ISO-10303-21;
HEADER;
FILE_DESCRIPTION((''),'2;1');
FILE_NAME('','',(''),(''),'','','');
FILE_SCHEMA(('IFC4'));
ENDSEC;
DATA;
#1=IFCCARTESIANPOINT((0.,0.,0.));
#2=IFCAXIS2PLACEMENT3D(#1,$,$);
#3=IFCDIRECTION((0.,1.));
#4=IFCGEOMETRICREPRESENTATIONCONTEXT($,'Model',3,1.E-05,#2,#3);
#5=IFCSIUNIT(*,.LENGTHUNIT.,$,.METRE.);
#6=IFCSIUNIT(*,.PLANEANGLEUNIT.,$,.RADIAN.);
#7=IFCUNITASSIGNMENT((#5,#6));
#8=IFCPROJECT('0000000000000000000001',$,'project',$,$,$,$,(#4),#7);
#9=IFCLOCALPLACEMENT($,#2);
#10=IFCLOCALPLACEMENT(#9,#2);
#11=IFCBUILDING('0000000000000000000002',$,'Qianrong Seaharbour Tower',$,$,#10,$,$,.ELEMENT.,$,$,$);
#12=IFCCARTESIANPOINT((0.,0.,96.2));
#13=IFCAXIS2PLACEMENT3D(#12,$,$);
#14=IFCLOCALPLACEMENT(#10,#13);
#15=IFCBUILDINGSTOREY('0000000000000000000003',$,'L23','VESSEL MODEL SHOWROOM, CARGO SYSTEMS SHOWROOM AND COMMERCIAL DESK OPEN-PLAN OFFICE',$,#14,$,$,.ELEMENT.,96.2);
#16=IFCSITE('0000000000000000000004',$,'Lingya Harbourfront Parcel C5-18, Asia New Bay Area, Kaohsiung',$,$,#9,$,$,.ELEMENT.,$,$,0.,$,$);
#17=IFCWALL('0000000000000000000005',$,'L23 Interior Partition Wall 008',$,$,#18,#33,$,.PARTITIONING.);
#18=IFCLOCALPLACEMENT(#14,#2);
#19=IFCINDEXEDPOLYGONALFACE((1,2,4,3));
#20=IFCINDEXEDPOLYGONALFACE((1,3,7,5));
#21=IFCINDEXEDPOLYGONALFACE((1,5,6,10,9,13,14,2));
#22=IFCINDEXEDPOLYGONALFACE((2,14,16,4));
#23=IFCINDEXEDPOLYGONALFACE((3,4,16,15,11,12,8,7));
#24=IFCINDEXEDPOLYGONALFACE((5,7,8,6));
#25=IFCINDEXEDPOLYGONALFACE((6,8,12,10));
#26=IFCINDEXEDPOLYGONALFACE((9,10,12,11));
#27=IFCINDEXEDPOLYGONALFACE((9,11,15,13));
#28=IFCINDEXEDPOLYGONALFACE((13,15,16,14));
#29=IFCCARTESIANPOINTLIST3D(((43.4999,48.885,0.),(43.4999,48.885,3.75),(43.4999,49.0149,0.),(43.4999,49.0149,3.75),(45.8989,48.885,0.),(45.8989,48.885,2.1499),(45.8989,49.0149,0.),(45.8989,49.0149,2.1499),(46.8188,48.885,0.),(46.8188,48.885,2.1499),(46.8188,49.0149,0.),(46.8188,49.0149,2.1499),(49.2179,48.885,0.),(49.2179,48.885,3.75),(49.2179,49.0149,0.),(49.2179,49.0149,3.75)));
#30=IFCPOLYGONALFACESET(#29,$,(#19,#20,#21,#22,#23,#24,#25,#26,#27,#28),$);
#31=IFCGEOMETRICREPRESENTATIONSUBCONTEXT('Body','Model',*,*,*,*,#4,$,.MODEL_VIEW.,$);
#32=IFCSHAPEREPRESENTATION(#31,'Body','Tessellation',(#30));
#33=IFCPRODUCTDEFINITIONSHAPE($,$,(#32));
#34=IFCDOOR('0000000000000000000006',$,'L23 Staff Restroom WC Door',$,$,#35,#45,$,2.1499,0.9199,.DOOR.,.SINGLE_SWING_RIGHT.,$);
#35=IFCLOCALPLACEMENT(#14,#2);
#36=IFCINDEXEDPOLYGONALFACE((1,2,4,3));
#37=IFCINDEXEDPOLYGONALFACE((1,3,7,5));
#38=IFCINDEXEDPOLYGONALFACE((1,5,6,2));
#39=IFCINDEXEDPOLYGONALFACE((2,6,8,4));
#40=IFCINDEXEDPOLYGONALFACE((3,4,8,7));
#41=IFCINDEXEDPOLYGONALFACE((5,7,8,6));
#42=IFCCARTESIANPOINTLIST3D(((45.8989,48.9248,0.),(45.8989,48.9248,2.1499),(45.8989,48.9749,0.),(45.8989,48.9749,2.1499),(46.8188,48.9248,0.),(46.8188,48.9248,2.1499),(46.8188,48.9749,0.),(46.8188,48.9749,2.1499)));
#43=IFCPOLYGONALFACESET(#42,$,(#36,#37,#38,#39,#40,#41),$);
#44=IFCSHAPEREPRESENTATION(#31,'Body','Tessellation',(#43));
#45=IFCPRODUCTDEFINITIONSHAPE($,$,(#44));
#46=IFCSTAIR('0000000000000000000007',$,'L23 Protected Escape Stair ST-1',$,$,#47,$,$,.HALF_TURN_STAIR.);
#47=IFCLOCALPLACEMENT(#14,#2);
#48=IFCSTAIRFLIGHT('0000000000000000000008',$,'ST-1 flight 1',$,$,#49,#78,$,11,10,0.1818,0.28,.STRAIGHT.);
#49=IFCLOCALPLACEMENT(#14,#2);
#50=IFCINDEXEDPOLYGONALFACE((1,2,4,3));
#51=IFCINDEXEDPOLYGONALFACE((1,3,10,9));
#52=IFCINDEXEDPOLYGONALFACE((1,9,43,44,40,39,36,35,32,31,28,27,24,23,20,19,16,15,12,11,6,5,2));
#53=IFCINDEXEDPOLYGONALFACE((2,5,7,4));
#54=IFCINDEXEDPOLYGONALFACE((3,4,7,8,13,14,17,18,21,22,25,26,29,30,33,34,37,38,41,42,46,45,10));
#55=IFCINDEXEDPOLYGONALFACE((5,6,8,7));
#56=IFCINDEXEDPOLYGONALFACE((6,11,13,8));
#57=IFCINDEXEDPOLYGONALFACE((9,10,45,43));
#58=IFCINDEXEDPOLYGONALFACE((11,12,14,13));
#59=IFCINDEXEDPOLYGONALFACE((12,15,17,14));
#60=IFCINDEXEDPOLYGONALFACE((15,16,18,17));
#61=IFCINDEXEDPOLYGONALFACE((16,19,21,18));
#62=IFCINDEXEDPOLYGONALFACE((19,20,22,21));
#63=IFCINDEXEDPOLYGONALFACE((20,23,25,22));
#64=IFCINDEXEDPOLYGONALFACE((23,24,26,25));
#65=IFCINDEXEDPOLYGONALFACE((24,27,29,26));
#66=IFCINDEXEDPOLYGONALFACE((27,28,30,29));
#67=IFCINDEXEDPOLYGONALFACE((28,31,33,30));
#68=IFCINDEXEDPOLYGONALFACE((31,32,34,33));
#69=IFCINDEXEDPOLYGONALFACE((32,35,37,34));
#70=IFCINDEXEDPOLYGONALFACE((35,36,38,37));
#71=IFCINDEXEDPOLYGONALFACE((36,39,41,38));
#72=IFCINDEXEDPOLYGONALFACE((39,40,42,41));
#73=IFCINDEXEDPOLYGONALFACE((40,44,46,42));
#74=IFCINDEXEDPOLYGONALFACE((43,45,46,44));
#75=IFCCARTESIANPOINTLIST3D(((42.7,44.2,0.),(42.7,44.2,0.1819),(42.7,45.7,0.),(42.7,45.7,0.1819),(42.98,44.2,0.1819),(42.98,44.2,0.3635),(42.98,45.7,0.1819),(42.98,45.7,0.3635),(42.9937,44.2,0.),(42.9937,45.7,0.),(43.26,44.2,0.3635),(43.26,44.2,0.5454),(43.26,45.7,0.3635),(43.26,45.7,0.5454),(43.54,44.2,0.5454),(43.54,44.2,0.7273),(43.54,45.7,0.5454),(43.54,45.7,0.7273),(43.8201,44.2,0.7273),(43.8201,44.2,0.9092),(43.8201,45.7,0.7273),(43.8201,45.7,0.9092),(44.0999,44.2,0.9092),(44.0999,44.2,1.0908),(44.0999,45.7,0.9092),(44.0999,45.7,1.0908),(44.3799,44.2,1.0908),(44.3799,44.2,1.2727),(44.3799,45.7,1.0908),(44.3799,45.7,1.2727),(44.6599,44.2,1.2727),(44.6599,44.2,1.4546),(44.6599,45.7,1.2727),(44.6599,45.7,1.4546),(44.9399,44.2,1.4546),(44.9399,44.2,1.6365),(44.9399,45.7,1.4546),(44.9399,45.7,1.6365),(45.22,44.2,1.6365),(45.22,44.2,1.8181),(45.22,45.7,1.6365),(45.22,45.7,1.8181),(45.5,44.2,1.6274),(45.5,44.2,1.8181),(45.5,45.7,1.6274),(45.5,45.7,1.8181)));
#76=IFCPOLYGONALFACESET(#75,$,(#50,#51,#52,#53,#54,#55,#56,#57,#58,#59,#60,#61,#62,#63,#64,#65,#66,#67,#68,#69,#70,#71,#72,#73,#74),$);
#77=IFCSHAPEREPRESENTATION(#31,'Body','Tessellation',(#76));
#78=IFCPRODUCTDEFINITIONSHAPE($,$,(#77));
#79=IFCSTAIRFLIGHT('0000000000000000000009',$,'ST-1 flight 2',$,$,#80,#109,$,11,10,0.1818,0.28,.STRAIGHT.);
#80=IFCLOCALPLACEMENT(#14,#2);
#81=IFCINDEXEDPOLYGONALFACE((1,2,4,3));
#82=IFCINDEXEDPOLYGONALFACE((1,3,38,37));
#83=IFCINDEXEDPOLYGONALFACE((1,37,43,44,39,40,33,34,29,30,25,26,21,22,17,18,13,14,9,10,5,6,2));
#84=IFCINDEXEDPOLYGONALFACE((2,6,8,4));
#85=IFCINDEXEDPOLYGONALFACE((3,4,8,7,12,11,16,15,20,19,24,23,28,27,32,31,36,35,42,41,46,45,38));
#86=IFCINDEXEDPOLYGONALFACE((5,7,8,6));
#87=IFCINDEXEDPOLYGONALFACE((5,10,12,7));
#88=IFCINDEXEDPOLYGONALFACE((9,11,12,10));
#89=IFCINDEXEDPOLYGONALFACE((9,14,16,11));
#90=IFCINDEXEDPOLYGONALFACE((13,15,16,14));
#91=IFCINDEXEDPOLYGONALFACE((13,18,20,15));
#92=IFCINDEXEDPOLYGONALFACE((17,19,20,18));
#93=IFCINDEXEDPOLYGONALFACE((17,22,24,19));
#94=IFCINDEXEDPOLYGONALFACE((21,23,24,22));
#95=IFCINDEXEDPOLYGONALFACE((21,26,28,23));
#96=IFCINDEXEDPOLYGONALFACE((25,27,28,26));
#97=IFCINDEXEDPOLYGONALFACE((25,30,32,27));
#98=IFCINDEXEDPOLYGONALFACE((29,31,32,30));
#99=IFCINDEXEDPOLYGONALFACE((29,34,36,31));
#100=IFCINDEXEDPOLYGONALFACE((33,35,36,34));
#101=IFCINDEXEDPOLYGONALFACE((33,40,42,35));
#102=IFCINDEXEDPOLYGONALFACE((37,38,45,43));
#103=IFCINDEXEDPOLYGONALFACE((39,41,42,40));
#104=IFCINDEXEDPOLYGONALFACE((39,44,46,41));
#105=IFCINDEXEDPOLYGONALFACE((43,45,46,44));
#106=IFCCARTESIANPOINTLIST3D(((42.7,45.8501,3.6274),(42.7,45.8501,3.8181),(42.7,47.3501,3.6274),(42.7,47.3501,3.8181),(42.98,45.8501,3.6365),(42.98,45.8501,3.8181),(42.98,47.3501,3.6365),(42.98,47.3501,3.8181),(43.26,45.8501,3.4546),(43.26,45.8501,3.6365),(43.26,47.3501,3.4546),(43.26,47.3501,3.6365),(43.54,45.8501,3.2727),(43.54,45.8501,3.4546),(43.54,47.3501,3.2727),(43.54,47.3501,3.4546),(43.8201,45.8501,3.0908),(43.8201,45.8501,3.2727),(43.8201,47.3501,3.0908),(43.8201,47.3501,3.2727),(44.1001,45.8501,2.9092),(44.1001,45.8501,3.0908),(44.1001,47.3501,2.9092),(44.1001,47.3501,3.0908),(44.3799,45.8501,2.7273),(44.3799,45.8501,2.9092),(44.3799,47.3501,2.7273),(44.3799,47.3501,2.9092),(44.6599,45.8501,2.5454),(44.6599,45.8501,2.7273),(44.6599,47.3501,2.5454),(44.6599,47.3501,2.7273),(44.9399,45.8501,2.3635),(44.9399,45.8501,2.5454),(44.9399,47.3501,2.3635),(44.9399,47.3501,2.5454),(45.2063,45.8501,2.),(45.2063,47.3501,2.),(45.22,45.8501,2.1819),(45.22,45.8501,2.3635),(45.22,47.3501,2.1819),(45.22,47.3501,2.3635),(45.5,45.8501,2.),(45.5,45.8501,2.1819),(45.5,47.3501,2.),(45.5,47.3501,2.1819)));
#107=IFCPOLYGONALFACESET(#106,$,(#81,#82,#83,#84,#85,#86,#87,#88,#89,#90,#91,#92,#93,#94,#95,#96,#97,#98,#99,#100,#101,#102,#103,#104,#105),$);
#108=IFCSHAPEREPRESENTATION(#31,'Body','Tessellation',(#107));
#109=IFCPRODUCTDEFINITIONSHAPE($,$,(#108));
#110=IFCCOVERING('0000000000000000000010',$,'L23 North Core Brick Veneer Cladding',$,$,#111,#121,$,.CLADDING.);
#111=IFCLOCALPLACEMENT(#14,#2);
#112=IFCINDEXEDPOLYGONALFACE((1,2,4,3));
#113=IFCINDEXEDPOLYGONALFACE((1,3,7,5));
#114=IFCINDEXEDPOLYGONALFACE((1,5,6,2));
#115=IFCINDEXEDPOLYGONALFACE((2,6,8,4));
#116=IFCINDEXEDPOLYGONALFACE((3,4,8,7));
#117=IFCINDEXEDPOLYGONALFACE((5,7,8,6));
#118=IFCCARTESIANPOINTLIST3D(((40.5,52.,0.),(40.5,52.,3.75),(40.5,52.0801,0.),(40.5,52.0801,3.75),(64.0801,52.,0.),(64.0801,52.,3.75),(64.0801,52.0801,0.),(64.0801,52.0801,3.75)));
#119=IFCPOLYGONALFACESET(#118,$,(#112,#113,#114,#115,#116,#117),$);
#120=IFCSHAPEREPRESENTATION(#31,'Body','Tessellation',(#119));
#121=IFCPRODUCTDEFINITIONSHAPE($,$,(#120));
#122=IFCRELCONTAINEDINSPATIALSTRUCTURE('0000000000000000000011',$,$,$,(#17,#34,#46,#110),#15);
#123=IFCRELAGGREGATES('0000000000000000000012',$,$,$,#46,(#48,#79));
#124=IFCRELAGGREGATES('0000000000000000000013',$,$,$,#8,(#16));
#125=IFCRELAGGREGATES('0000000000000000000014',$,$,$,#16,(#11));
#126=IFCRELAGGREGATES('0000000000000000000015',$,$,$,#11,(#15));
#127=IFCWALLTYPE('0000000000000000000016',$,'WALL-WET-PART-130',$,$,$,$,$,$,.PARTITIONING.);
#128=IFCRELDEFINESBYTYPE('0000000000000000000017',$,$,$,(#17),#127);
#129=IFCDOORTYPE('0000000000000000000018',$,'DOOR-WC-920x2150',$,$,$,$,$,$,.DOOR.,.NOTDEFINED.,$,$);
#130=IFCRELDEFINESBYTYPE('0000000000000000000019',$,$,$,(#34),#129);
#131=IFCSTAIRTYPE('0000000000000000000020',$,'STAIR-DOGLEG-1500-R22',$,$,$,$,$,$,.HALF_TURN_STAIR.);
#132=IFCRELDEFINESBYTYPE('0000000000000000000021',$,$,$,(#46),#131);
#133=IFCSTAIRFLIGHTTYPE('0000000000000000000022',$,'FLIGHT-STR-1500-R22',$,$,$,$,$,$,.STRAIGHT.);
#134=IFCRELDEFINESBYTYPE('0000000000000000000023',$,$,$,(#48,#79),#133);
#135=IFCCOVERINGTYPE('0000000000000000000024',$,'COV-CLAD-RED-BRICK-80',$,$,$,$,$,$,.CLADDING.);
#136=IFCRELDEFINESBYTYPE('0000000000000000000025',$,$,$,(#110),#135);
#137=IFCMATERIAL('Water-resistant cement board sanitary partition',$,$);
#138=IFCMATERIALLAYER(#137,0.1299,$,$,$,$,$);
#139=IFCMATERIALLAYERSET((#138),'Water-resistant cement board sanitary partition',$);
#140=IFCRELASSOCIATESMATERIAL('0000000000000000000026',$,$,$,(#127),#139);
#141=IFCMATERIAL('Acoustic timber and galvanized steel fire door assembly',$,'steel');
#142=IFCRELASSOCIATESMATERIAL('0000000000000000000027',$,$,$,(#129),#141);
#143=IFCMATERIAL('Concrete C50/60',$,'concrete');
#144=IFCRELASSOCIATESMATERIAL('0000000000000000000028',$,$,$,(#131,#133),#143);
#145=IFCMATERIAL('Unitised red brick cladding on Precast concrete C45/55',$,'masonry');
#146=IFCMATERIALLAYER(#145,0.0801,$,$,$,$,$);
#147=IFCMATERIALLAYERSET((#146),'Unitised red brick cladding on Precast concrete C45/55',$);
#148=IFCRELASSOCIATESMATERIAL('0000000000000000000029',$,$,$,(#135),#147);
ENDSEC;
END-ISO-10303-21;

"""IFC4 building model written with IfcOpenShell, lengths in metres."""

from ifc_helpers import new_model, si_unit, direction, frame, frame_2d, origin, origin_2d, place, context, subcontext, project, spatial, polyline, rectangle, outline, extrude, material, layer, layer_set, type_object, element, fill, aggregate, save


model = new_model("IFC4")

# Units and contexts
model_context = context("Model", 3, precision=1e-05, world=origin(), true_north=direction((0.0, 1.0)))
body_context = subcontext(model_context, "Body", "Model", "MODEL_VIEW")
ifc_project = project(units=[si_unit("LENGTHUNIT", "METRE"), si_unit("PLANEANGLEUNIT", "RADIAN")], contexts=[model_context])

# Site, building, storey
site_placement = place(None, origin())
site = spatial("IfcSite", under=ifc_project, at=site_placement, Name="Lingya Harbourfront Parcel C5-18, Asia New Bay Area, Kaohsiung", CompositionType="ELEMENT", RefElevation=0.0)
building_placement = place(site_placement, origin())
building = spatial("IfcBuilding", under=site, at=building_placement, Name="Qianrong Seaharbour Tower", CompositionType="ELEMENT")
storey_placement = place(building_placement, frame((0.0, 0.0, 96.2)))
storey = spatial("IfcBuildingStorey", under=building, at=storey_placement, Name="L23", Description="VESSEL MODEL SHOWROOM, CARGO SYSTEMS SHOWROOM AND COMMERCIAL DESK OPEN-PLAN OFFICE", CompositionType="ELEMENT", Elevation=96.2)

# Shared definitions
ifc_material_1 = material(Name="Acoustic timber and galvanized steel fire door assembly", Category="steel")

# Shared definitions
ifc_material_2 = material(Name="Concrete C50/60", Category="concrete")

# Wall, opening, door
ifc_material_3 = material(Name="Water-resistant cement board sanitary partition")
ifc_layer_1 = layer(ifc_material_3, 0.1299)
ifc_layer_set_1 = layer_set([ifc_layer_1], Name="Water-resistant cement board sanitary partition")
wall_type_1 = type_object("IfcWallType", Name="WALL-WET-PART-130", PredefinedType="PARTITIONING", material=ifc_layer_set_1)
wall_1_placement = place(storey_placement, frame((43.5, 48.95, 0.0), z_axis=(0.0, 0.0, 1.0), x_axis=(1.0, 0.0, 0.0)))
wall_1 = element("IfcWall", 1, at=wall_1_placement, inside=storey, type_object=wall_type_1, Name="L23 Interior Partition Wall 008", PredefinedType="PARTITIONING", context=body_context, shape_type="SweptSolid", body=[
    extrude(rectangle(XDim=5.718, YDim=0.1299, at=frame_2d((2.8589, 0.0))), origin(), (0.0, 0.0, 1.0), 3.75),
])
opening_1_placement = place(wall_1_placement, frame((2.3989, 0.0, 0.0)))
opening_1 = element("IfcOpeningElement", 2, at=opening_1_placement, cuts=wall_1, PredefinedType="OPENING", context=body_context, shape_type="SweptSolid", body=[
    extrude(rectangle(XDim=0.9199, YDim=2.1499, at=frame_2d((0.46, 1.075))), frame((0.0, 0.075, 0.0), z_axis=(0.0, -1.0, 0.0), x_axis=(1.0, 0.0, 0.0)), (0.0, 0.0, 1.0), 0.1499),
])
door_type_1 = type_object("IfcDoorType", Name="DOOR-WC-920x2150", OperationType="NOTDEFINED", PredefinedType="DOOR", material=ifc_material_1)
door_1_placement = place(opening_1_placement, origin())
door_1 = element("IfcDoor", 3, at=door_1_placement, inside=storey, type_object=door_type_1, Name="L23 Staff Restroom WC Door", OperationType="SINGLE_SWING_RIGHT", OverallHeight=2.1499, OverallWidth=0.9199, PredefinedType="DOOR", context=body_context, shape_type="SweptSolid", body=[
    extrude(rectangle(XDim=0.9199, YDim=2.1499, at=frame_2d((0.46, 1.075))), frame((0.0, 0.0249, 0.0), z_axis=(0.0, -1.0, 0.0), x_axis=(1.0, 0.0, 0.0)), (0.0, 0.0, 1.0), 0.05),
])
fill(opening_1, door_1)

# Stair, stair flights
stair_type = type_object("IfcStairType", Name="STAIR-DOGLEG-1500-R22", PredefinedType="HALF_TURN_STAIR", material=ifc_material_2)
stair_placement = place(storey_placement, origin())
stair = element("IfcStair", 4, at=stair_placement, inside=storey, type_object=stair_type, Name="L23 Protected Escape Stair ST-1", PredefinedType="HALF_TURN_STAIR")
stair_flight_type = type_object("IfcStairFlightType", Name="FLIGHT-STR-1500-R22", PredefinedType="STRAIGHT", material=ifc_material_2)
stair_flight_1_placement = place(storey_placement, frame((42.7, 44.95, 0.0), z_axis=(0.0, 0.0, 1.0), x_axis=(1.0, 0.0, 0.0)))
stair_flight_1 = element("IfcStairFlight", 5, at=stair_flight_1_placement, type_object=stair_flight_type, Name="ST-1 flight 1", NumberOfRisers=11, NumberOfTreads=10, PredefinedType="STRAIGHT", RiserHeight=0.1818, TreadLength=0.28, context=body_context, shape_type="SweptSolid", body=[
    extrude(outline(polyline([(0.0, 0.0), (0.0, 0.1819), (0.28, 0.1819), (0.28, 0.3635), (0.5601, 0.3635), (0.5601, 0.5454), (0.8401, 0.5454), (0.8401, 0.7273), (1.1201, 0.7273), (1.1201, 0.9092), (1.3999, 0.9092), (1.3999, 1.0908), (1.6799, 1.0908), (1.6799, 1.2727), (1.96, 1.2727), (1.96, 1.4546), (2.24, 1.4546), (2.24, 1.6365), (2.52, 1.6365), (2.52, 1.8181), (2.8, 1.8181), (2.8, 2.0), (2.8, 1.6274), (0.2937, 0.0), (0.0, 0.0)])), frame((0.0, 0.75, 0.0), z_axis=(0.0, -1.0, 0.0), x_axis=(1.0, 0.0, 0.0)), (0.0, 0.0, 1.0), 1.5),
])
stair_flight_2_placement = place(storey_placement, frame((45.5, 46.6001, 2.0), z_axis=(0.0, 0.0, 1.0), x_axis=(-1.0, 0.0, 0.0)))
stair_flight_2 = element("IfcStairFlight", 6, at=stair_flight_2_placement, type_object=stair_flight_type, Name="ST-1 flight 2", NumberOfRisers=11, NumberOfTreads=10, PredefinedType="STRAIGHT", RiserHeight=0.1818, TreadLength=0.28, context=body_context, shape_type="SweptSolid", body=[
    extrude(outline(polyline([(0.0, 0.0), (0.0, 0.1819), (0.28, 0.1819), (0.28, 0.3635), (0.5601, 0.3635), (0.5601, 0.5454), (0.8401, 0.5454), (0.8401, 0.7273), (1.1201, 0.7273), (1.1201, 0.9092), (1.3999, 0.9092), (1.3999, 1.0908), (1.6799, 1.0908), (1.6799, 1.2727), (1.96, 1.2727), (1.96, 1.4546), (2.24, 1.4546), (2.24, 1.6365), (2.52, 1.6365), (2.52, 1.8181), (2.8, 1.8181), (2.8, 2.0), (2.8, 1.6274), (0.2937, 0.0), (0.0, 0.0)])), frame((0.0, 0.75, 0.0), z_axis=(0.0, -1.0, 0.0), x_axis=(1.0, 0.0, 0.0)), (0.0, 0.0, 1.0), 1.5),
])
aggregate(stair, [stair_flight_1, stair_flight_2])

# Covering
ifc_material_4 = material(Name="Unitised red brick cladding on Precast concrete C45/55", Category="masonry")
ifc_layer_2 = layer(ifc_material_4, 0.0801)
ifc_layer_set_2 = layer_set([ifc_layer_2], Name="Unitised red brick cladding on Precast concrete C45/55")
covering_type = type_object("IfcCoveringType", Name="COV-CLAD-RED-BRICK-80", PredefinedType="CLADDING", material=ifc_layer_set_2)
covering_placement = place(storey_placement, frame((52.29, 52.04, 0.0), z_axis=(0.0, 0.0, 1.0), x_axis=(1.0, 0.0, 0.0)))
element("IfcCovering", 7, at=covering_placement, inside=storey, type_object=covering_type, Name="L23 North Core Brick Veneer Cladding", PredefinedType="CLADDING", context=body_context, shape_type="SweptSolid", body=[
    extrude(rectangle(XDim=23.5801, YDim=0.0801, at=origin_2d()), origin(), (0.0, 0.0, 1.0), 3.75),
])

save(model, "model.ifc")
